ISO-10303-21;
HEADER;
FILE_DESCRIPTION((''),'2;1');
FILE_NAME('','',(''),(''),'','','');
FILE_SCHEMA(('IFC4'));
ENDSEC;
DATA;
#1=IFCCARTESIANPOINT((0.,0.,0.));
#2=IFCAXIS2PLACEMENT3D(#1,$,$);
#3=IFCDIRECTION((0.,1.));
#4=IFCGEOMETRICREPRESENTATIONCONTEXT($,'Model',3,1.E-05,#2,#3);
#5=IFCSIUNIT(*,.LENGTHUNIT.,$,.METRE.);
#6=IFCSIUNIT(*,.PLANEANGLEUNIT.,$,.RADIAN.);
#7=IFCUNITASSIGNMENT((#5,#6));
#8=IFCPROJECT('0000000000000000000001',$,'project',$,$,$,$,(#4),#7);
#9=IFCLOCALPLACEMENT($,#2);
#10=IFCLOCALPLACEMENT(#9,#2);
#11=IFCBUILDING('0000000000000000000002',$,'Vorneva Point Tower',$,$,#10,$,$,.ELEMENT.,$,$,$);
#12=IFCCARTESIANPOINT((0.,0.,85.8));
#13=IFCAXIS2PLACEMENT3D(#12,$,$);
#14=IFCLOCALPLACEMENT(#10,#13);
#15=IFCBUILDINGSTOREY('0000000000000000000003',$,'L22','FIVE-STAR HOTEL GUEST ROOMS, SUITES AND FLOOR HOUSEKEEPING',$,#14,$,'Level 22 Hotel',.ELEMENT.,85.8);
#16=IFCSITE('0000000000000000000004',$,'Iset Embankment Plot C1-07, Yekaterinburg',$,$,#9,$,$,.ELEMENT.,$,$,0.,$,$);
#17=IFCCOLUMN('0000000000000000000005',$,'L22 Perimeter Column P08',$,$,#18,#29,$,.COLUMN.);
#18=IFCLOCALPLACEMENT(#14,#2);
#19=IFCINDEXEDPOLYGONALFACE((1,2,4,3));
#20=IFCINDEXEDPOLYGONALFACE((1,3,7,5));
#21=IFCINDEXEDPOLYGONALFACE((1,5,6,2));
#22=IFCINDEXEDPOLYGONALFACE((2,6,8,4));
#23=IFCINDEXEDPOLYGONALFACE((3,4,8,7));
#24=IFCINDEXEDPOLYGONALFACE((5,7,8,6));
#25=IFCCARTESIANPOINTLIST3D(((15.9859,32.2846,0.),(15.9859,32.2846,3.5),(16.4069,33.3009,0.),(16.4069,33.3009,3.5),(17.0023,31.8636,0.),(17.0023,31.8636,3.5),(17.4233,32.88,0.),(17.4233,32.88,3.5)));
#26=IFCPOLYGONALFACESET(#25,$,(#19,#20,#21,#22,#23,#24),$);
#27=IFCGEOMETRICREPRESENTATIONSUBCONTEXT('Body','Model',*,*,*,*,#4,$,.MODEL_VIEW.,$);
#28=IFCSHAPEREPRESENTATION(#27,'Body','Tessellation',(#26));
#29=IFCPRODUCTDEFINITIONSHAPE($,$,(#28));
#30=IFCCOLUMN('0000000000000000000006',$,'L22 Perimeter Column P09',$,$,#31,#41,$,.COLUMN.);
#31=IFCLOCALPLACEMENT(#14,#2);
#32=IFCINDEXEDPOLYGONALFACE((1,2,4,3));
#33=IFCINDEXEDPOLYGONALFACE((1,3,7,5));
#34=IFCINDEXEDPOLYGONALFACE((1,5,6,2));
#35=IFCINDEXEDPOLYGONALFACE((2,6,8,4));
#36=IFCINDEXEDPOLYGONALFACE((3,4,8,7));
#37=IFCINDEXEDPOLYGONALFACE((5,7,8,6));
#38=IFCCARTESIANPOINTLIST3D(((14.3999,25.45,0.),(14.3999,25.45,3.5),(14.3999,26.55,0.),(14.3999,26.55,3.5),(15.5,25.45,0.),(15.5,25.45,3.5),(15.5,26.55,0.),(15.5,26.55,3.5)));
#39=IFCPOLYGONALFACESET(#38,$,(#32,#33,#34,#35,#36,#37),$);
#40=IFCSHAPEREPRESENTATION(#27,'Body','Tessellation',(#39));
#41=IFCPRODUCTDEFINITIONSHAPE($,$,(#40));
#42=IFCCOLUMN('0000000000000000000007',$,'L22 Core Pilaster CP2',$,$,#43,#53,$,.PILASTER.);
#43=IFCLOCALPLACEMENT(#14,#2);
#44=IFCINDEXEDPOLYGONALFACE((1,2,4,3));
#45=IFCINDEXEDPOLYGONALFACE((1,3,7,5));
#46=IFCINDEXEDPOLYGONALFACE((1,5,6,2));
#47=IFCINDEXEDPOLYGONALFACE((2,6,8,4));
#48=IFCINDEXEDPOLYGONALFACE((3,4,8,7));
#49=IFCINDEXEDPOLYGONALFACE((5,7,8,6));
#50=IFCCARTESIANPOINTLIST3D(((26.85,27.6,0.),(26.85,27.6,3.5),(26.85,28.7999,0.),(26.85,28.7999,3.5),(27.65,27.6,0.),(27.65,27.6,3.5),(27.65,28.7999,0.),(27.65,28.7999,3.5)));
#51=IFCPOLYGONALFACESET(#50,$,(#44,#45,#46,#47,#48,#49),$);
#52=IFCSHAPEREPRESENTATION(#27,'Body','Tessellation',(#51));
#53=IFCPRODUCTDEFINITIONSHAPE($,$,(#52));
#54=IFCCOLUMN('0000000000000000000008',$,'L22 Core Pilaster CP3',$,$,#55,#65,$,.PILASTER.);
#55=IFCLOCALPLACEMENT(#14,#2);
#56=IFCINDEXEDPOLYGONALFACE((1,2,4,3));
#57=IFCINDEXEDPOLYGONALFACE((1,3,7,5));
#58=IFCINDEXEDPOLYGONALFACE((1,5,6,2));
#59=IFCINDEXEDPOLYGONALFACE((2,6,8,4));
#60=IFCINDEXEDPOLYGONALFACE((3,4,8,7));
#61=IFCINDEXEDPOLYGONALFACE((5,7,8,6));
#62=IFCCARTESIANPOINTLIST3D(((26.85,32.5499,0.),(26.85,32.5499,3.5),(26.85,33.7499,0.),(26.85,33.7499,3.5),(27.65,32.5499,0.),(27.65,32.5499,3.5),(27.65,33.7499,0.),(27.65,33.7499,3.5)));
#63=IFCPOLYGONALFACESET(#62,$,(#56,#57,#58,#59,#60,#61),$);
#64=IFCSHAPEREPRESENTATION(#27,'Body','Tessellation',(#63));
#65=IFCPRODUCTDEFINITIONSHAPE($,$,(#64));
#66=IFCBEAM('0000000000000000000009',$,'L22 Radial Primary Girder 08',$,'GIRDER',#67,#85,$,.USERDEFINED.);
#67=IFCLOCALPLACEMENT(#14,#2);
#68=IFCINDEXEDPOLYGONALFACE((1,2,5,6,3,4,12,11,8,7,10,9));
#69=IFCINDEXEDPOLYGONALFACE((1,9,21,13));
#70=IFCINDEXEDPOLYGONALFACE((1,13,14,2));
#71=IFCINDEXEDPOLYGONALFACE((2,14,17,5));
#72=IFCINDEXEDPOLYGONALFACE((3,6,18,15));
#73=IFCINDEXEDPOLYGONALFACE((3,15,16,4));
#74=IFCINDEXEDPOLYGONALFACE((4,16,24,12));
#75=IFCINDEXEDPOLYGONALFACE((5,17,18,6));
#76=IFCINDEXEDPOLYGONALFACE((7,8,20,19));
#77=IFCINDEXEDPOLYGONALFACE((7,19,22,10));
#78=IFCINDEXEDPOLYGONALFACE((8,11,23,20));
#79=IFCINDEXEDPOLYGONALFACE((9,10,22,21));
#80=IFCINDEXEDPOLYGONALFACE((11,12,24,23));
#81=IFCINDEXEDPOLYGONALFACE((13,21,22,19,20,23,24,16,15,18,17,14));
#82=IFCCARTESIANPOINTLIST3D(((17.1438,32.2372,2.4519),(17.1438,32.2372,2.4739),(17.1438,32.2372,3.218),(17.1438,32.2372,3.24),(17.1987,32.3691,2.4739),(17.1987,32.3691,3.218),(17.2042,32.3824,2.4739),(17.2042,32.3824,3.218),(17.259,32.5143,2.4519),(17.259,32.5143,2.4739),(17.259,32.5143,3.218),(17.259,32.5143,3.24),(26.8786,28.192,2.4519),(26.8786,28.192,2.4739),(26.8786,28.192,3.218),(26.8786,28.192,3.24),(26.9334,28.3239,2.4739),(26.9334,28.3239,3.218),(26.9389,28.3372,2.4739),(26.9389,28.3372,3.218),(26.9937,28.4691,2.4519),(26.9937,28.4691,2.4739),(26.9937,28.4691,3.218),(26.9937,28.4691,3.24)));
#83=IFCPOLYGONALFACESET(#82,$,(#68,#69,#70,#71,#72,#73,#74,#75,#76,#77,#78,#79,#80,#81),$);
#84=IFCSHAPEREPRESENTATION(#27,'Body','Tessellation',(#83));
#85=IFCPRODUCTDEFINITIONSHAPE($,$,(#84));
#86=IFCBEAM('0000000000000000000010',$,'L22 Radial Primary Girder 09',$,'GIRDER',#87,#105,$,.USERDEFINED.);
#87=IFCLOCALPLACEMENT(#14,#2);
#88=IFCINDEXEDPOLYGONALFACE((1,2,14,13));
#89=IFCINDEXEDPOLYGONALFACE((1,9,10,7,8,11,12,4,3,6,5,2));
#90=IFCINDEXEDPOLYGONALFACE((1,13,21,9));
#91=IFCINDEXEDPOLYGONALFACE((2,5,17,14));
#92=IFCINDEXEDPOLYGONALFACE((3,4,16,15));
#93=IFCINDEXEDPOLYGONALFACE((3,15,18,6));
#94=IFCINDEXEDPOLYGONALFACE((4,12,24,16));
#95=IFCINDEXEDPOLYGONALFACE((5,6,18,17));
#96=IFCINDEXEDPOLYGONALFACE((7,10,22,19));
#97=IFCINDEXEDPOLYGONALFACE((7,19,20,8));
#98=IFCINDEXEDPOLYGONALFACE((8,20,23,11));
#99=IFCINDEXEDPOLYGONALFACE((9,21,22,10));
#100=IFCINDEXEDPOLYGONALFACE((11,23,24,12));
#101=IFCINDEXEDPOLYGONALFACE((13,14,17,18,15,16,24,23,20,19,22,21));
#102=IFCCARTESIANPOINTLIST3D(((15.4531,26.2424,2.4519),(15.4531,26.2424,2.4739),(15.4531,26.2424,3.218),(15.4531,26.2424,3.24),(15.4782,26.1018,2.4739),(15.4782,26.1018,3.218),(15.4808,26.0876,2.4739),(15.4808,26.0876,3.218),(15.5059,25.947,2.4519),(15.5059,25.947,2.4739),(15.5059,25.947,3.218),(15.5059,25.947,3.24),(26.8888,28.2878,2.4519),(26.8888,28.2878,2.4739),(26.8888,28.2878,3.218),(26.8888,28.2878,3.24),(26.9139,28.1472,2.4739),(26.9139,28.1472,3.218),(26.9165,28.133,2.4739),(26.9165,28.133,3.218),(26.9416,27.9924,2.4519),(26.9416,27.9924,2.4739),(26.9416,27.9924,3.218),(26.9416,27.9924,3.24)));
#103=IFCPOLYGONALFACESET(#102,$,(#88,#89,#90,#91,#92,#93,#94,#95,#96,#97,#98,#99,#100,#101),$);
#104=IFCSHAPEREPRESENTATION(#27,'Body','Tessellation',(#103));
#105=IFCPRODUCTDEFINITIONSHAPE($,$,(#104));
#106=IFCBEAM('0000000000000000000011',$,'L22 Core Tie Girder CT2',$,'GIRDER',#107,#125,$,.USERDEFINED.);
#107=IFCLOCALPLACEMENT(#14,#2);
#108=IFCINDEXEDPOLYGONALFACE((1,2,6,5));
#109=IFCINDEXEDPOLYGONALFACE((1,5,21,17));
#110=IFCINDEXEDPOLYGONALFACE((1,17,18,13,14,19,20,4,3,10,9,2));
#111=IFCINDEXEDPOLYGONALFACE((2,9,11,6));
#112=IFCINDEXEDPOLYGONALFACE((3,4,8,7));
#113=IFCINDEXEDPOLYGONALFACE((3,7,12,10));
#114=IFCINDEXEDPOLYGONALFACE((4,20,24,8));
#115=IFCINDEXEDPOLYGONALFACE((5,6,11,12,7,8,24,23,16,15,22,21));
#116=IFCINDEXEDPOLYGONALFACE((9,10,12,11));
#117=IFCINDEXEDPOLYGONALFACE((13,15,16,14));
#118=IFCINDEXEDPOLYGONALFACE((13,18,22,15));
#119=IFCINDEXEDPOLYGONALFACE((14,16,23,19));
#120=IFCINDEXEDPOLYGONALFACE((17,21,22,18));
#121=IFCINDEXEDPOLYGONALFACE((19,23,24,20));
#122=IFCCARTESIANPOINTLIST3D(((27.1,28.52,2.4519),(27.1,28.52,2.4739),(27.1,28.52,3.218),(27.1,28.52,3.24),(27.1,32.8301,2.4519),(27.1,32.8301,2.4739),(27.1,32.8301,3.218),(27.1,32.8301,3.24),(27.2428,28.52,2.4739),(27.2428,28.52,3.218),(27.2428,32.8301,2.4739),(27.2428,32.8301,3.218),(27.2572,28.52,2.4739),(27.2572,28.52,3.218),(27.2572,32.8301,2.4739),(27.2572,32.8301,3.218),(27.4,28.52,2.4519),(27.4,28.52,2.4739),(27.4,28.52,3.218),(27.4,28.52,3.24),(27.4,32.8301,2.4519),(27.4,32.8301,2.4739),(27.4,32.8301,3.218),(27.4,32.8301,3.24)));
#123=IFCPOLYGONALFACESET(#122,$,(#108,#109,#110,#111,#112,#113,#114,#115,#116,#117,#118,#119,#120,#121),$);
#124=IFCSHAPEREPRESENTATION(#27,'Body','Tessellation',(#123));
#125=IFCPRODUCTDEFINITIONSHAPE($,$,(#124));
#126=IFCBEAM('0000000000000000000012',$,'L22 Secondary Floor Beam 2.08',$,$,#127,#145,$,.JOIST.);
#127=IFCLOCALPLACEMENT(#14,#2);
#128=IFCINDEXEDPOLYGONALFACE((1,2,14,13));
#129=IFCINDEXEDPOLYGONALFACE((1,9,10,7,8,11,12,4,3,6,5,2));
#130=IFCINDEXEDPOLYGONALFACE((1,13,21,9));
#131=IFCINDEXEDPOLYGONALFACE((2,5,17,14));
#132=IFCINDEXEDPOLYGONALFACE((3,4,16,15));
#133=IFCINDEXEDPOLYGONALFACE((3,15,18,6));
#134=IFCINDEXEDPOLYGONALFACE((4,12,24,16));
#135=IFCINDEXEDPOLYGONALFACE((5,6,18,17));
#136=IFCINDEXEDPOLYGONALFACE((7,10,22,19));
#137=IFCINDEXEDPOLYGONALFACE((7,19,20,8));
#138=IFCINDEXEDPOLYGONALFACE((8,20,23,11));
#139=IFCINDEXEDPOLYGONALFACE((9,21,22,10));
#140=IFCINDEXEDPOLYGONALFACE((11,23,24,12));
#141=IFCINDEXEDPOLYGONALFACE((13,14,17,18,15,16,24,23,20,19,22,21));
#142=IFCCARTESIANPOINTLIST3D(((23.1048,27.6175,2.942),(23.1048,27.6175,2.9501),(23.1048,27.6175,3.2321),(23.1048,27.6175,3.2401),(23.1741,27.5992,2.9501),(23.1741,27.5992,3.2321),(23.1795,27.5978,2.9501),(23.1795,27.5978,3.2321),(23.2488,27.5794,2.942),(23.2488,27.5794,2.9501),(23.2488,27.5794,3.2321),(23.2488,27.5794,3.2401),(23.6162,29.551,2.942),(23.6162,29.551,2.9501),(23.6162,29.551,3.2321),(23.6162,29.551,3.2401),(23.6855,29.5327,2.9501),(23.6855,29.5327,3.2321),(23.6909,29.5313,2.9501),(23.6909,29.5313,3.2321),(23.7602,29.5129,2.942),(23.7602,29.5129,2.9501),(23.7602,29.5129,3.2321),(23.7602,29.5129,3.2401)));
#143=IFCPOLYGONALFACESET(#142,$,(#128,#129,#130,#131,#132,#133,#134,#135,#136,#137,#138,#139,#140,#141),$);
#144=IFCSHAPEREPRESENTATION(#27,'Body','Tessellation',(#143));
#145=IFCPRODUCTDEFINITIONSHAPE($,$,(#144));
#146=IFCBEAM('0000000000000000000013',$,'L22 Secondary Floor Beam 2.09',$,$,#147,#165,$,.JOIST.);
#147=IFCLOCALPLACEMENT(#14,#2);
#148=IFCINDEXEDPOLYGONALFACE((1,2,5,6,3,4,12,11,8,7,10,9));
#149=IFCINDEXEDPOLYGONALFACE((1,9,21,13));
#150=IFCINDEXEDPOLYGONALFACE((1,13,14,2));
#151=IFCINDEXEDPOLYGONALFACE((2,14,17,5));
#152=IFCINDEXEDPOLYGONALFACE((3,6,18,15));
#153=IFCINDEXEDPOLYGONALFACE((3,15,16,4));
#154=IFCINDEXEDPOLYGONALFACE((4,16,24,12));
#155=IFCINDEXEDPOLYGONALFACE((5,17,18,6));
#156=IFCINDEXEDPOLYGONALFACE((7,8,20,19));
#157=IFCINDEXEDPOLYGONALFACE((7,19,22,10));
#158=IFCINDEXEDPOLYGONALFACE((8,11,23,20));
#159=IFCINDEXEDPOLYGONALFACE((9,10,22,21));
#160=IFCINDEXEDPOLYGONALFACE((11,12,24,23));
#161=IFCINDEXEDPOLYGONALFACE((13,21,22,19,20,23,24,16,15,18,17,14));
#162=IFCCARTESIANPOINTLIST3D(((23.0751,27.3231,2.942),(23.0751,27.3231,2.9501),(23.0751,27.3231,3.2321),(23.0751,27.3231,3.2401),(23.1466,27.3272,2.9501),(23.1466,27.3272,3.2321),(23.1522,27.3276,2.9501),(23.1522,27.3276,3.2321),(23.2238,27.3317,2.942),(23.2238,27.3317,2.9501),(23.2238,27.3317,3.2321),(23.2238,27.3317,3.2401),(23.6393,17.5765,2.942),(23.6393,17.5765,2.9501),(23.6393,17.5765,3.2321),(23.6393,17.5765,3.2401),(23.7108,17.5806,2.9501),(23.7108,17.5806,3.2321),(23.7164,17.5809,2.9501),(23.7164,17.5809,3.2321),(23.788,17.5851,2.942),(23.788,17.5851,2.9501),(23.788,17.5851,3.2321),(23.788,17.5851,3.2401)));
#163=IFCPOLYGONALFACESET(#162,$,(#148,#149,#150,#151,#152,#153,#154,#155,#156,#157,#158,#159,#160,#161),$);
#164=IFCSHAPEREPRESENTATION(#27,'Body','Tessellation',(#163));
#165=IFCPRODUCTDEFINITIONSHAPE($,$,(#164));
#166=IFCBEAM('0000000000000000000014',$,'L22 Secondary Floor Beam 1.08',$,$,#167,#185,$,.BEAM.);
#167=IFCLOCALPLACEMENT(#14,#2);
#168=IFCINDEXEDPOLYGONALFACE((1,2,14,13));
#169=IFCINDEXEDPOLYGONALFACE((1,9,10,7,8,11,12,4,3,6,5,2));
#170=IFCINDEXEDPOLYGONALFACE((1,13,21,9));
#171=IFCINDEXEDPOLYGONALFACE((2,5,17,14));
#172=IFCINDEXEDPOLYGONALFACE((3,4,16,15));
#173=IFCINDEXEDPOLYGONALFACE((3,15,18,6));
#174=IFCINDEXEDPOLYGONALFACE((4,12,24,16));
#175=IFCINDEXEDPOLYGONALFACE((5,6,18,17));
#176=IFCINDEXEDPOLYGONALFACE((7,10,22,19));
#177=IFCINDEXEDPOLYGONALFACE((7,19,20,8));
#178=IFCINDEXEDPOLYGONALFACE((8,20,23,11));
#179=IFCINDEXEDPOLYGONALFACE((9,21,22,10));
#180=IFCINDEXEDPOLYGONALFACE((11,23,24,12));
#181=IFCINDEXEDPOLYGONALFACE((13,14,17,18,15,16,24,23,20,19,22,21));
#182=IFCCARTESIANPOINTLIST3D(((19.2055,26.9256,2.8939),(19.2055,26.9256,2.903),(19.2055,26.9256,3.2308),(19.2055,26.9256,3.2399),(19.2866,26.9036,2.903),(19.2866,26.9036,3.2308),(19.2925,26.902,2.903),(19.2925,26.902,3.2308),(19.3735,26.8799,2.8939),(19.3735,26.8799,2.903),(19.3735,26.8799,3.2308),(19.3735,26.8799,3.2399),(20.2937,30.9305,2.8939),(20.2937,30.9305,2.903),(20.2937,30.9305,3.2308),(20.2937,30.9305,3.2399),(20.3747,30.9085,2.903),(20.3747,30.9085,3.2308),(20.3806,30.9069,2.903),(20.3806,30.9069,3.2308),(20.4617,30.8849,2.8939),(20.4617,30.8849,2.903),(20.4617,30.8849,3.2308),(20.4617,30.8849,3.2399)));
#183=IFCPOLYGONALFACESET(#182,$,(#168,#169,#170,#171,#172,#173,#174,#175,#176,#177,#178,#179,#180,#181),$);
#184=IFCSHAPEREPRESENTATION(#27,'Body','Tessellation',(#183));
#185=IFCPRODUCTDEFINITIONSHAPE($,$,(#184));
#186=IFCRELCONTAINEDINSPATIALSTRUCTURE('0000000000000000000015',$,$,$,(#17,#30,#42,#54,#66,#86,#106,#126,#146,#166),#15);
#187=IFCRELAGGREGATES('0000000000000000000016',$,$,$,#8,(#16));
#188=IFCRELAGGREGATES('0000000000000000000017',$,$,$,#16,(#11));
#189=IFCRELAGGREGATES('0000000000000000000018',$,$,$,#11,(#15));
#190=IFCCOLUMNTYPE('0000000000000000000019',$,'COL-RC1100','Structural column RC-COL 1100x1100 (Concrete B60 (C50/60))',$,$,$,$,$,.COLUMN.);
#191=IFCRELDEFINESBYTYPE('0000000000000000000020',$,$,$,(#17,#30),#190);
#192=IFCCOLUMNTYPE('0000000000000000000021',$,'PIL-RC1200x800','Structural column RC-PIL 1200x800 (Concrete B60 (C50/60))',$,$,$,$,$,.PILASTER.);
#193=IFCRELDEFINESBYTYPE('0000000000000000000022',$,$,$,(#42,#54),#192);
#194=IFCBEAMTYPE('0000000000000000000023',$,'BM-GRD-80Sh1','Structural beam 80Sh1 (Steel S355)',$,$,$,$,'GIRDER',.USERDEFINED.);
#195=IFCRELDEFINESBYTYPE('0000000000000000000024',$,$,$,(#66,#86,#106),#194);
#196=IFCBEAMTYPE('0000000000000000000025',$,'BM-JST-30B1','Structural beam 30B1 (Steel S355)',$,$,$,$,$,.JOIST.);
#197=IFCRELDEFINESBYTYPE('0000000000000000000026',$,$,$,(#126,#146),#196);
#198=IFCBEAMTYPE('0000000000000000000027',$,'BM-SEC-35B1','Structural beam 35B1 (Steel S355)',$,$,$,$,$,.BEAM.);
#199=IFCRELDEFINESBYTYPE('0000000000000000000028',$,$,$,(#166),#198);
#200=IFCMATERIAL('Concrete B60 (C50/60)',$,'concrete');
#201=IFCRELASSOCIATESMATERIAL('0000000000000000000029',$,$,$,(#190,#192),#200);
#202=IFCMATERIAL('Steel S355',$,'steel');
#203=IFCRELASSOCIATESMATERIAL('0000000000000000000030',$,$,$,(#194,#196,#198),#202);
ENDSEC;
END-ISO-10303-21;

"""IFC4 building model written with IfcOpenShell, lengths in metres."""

from ifc_helpers import new_model, si_unit, direction, frame, origin, origin_2d, place, context, subcontext, project, spatial, rectangle, i_section, extrude, material, material_profile, profile_set, type_object, element, save


model = new_model("IFC4")

# Units and contexts
model_context = context("Model", 3, precision=1e-05, world=origin(), true_north=direction((0.0, 1.0)))
body_context = subcontext(model_context, "Body", "Model", "MODEL_VIEW")
ifc_project = project(units=[si_unit("LENGTHUNIT", "METRE"), si_unit("PLANEANGLEUNIT", "RADIAN")], contexts=[model_context])

# Site, building, storey
site_placement = place(None, origin())
site = spatial("IfcSite", under=ifc_project, at=site_placement, Name="Iset Embankment Plot C1-07, Yekaterinburg", CompositionType="ELEMENT", RefElevation=0.0)
building_placement = place(site_placement, origin())
building = spatial("IfcBuilding", under=site, at=building_placement, Name="Vorneva Point Tower", CompositionType="ELEMENT")
storey_placement = place(building_placement, frame((0.0, 0.0, 85.8)))
storey = spatial("IfcBuildingStorey", under=building, at=storey_placement, Name="L22", Description="FIVE-STAR HOTEL GUEST ROOMS, SUITES AND FLOOR HOUSEKEEPING", LongName="Level 22 Hotel", CompositionType="ELEMENT", Elevation=85.8)

# Columns
ifc_material_1 = material(Name="Concrete B60 (C50/60)", Category="concrete")
ifc_material_profile_1 = material_profile(ifc_material_1, rectangle(XDim=1.1001, YDim=1.1001, at=origin_2d()), Name="RC-COL 1100x1100")
ifc_profile_set_1 = profile_set([ifc_material_profile_1], Name="Concrete B60 (C50/60)")
column_type_1 = type_object("IfcColumnType", Name="COL-RC1100", Description="Structural column RC-COL 1100x1100 (Concrete B60 (C50/60))", PredefinedType="COLUMN", material=ifc_profile_set_1)
for number, where, z_axis, x_axis, name in (
    (1, (16.7046, 32.5823, 0.0), (0.0, 0.0, 1.0), (-0.92388, 0.382683, 0.0), "L22 Perimeter Column P08"),
    (2, (14.95, 26.0, 0.0), (0.0, 0.0, 1.0), (-1.0, 0.0, 0.0), "L22 Perimeter Column P09"),
):
    element("IfcColumn", number, at=place(storey_placement, frame(where, z_axis=z_axis, x_axis=x_axis)), inside=storey, type_object=column_type_1, Name=name, PredefinedType="COLUMN", context=body_context, shape_type="SweptSolid", body=[
        extrude(rectangle(XDim=1.1001, YDim=1.1001, at=origin_2d()), origin(), (0.0, 0.0, 1.0), 3.5),
    ])
ifc_material_profile_2 = material_profile(ifc_material_1, rectangle(XDim=0.8, YDim=1.2, at=origin_2d()), Name="RC-PIL 1200x800")
ifc_profile_set_2 = profile_set([ifc_material_profile_2], Name="Concrete B60 (C50/60)")
column_type_2 = type_object("IfcColumnType", Name="PIL-RC1200x800", Description="Structural column RC-PIL 1200x800 (Concrete B60 (C50/60))", PredefinedType="PILASTER", material=ifc_profile_set_2)
for number, where, z_axis, x_axis, name in (
    (3, (27.25, 28.2, 0.0), (0.0, 0.0, 1.0), (1.0, 0.0, 0.0), "L22 Core Pilaster CP2"),
    (4, (27.25, 33.1499, 0.0), (0.0, 0.0, 1.0), (1.0, 0.0, 0.0), "L22 Core Pilaster CP3"),
):
    element("IfcColumn", number, at=place(storey_placement, frame(where, z_axis=z_axis, x_axis=x_axis)), inside=storey, type_object=column_type_2, Name=name, PredefinedType="PILASTER", context=body_context, shape_type="SweptSolid", body=[
        extrude(rectangle(XDim=0.8, YDim=1.2, at=origin_2d()), origin(), (0.0, 0.0, 1.0), 3.5),
    ])

# Beams
ifc_material_2 = material(Name="Steel S355", Category="steel")
ifc_material_profile_3 = material_profile(ifc_material_2, i_section(OverallWidth=0.3, OverallDepth=0.7881, WebThickness=0.0144, FlangeThickness=0.022, at=origin_2d()), Name="80Sh1")
ifc_profile_set_3 = profile_set([ifc_material_profile_3], Name="Steel S355")
beam_type_1 = type_object("IfcBeamType", Name="BM-GRD-80Sh1", Description="Structural beam 80Sh1 (Steel S355)", ElementType="GIRDER", PredefinedType="USERDEFINED", material=ifc_profile_set_3)
beam_1_placement = place(storey_placement, frame((17.2014, 32.3757, 2.8459), z_axis=(0.923444, -0.383732, 0.0), x_axis=(0.383732, 0.923444, 0.0)))
element("IfcBeam", 5, at=beam_1_placement, inside=storey, type_object=beam_type_1, Name="L22 Radial Primary Girder 08", ObjectType="GIRDER", PredefinedType="USERDEFINED", context=body_context, shape_type="SweptSolid", body=[
    extrude(i_section(OverallWidth=0.3, OverallDepth=0.7881, WebThickness=0.0144, FlangeThickness=0.022, at=origin_2d()), origin(), (0.0, 0.0, 1.0), 10.5417),
])
beam_2_placement = place(storey_placement, frame((15.4795, 26.0947, 2.8459), z_axis=(0.984378, 0.176066, 0.0), x_axis=(-0.176066, 0.984378, 0.0)))
element("IfcBeam", 6, at=beam_2_placement, inside=storey, type_object=beam_type_1, Name="L22 Radial Primary Girder 09", ObjectType="GIRDER", PredefinedType="USERDEFINED", context=body_context, shape_type="SweptSolid", body=[
    extrude(i_section(OverallWidth=0.3, OverallDepth=0.7881, WebThickness=0.0144, FlangeThickness=0.022, at=origin_2d()), origin(), (0.0, 0.0, 1.0), 11.6172),
])
beam_3_placement = place(storey_placement, frame((27.25, 28.52, 2.8459), z_axis=(0.0, 1.0, 0.0), x_axis=(-1.0, 0.0, 0.0)))
element("IfcBeam", 7, at=beam_3_placement, inside=storey, type_object=beam_type_1, Name="L22 Core Tie Girder CT2", ObjectType="GIRDER", PredefinedType="USERDEFINED", context=body_context, shape_type="SweptSolid", body=[
    extrude(i_section(OverallWidth=0.3, OverallDepth=0.7881, WebThickness=0.0144, FlangeThickness=0.022, at=origin_2d()), origin(), (0.0, 0.0, 1.0), 4.3101),
])
ifc_material_profile_4 = material_profile(ifc_material_2, i_section(OverallWidth=0.1489, OverallDepth=0.2981, WebThickness=0.0056, FlangeThickness=0.0081, at=origin_2d()), Name="30B1")
ifc_profile_set_4 = profile_set([ifc_material_profile_4], Name="Steel S355")
beam_type_2 = type_object("IfcBeamType", Name="BM-JST-30B1", Description="Structural beam 30B1 (Steel S355)", PredefinedType="JOIST", material=ifc_profile_set_4)
beam_4_placement = place(storey_placement, frame((23.6882, 29.532, 3.0911), z_axis=(-0.255725, -0.96675, 0.0), x_axis=(0.96675, -0.255725, 0.0)))
element("IfcBeam", 8, at=beam_4_placement, inside=storey, type_object=beam_type_2, Name="L22 Secondary Floor Beam 2.08", PredefinedType="JOIST", context=body_context, shape_type="SweptSolid", body=[
    extrude(i_section(OverallWidth=0.1489, OverallDepth=0.2981, WebThickness=0.0056, FlangeThickness=0.0081, at=origin_2d()), origin(), (0.0, 0.0, 1.0), 2.0),
])
beam_5_placement = place(storey_placement, frame((23.1494, 27.3274, 3.0911), z_axis=(0.057791, -0.998329, 0.0), x_axis=(0.998329, 0.057791, 0.0)))
element("IfcBeam", 9, at=beam_5_placement, inside=storey, type_object=beam_type_2, Name="L22 Secondary Floor Beam 2.09", PredefinedType="JOIST", context=body_context, shape_type="SweptSolid", body=[
    extrude(i_section(OverallWidth=0.1489, OverallDepth=0.2981, WebThickness=0.0056, FlangeThickness=0.0081, at=origin_2d()), origin(), (0.0, 0.0, 1.0), 9.7629),
])
ifc_material_profile_5 = material_profile(ifc_material_2, i_section(OverallWidth=0.1741, OverallDepth=0.3459, WebThickness=0.0061, FlangeThickness=0.009, at=origin_2d()), Name="35B1")
ifc_profile_set_5 = profile_set([ifc_material_profile_5], Name="Steel S355")
beam_type_3 = type_object("IfcBeamType", Name="BM-SEC-35B1", Description="Structural beam 35B1 (Steel S355)", PredefinedType="BEAM", material=ifc_profile_set_5)
beam_6_placement = place(storey_placement, frame((20.3777, 30.9077, 3.0669), z_axis=(-0.262196, -0.965015, 0.0), x_axis=(0.965015, -0.262196, 0.0)))
element("IfcBeam", 10, at=beam_6_placement, inside=storey, type_object=beam_type_3, Name="L22 Secondary Floor Beam 1.08", PredefinedType="BEAM", context=body_context, shape_type="SweptSolid", body=[
    extrude(i_section(OverallWidth=0.1741, OverallDepth=0.3459, WebThickness=0.0061, FlangeThickness=0.009, at=origin_2d()), origin(), (0.0, 0.0, 1.0), 4.1501),
])

save(model, "model.ifc")
